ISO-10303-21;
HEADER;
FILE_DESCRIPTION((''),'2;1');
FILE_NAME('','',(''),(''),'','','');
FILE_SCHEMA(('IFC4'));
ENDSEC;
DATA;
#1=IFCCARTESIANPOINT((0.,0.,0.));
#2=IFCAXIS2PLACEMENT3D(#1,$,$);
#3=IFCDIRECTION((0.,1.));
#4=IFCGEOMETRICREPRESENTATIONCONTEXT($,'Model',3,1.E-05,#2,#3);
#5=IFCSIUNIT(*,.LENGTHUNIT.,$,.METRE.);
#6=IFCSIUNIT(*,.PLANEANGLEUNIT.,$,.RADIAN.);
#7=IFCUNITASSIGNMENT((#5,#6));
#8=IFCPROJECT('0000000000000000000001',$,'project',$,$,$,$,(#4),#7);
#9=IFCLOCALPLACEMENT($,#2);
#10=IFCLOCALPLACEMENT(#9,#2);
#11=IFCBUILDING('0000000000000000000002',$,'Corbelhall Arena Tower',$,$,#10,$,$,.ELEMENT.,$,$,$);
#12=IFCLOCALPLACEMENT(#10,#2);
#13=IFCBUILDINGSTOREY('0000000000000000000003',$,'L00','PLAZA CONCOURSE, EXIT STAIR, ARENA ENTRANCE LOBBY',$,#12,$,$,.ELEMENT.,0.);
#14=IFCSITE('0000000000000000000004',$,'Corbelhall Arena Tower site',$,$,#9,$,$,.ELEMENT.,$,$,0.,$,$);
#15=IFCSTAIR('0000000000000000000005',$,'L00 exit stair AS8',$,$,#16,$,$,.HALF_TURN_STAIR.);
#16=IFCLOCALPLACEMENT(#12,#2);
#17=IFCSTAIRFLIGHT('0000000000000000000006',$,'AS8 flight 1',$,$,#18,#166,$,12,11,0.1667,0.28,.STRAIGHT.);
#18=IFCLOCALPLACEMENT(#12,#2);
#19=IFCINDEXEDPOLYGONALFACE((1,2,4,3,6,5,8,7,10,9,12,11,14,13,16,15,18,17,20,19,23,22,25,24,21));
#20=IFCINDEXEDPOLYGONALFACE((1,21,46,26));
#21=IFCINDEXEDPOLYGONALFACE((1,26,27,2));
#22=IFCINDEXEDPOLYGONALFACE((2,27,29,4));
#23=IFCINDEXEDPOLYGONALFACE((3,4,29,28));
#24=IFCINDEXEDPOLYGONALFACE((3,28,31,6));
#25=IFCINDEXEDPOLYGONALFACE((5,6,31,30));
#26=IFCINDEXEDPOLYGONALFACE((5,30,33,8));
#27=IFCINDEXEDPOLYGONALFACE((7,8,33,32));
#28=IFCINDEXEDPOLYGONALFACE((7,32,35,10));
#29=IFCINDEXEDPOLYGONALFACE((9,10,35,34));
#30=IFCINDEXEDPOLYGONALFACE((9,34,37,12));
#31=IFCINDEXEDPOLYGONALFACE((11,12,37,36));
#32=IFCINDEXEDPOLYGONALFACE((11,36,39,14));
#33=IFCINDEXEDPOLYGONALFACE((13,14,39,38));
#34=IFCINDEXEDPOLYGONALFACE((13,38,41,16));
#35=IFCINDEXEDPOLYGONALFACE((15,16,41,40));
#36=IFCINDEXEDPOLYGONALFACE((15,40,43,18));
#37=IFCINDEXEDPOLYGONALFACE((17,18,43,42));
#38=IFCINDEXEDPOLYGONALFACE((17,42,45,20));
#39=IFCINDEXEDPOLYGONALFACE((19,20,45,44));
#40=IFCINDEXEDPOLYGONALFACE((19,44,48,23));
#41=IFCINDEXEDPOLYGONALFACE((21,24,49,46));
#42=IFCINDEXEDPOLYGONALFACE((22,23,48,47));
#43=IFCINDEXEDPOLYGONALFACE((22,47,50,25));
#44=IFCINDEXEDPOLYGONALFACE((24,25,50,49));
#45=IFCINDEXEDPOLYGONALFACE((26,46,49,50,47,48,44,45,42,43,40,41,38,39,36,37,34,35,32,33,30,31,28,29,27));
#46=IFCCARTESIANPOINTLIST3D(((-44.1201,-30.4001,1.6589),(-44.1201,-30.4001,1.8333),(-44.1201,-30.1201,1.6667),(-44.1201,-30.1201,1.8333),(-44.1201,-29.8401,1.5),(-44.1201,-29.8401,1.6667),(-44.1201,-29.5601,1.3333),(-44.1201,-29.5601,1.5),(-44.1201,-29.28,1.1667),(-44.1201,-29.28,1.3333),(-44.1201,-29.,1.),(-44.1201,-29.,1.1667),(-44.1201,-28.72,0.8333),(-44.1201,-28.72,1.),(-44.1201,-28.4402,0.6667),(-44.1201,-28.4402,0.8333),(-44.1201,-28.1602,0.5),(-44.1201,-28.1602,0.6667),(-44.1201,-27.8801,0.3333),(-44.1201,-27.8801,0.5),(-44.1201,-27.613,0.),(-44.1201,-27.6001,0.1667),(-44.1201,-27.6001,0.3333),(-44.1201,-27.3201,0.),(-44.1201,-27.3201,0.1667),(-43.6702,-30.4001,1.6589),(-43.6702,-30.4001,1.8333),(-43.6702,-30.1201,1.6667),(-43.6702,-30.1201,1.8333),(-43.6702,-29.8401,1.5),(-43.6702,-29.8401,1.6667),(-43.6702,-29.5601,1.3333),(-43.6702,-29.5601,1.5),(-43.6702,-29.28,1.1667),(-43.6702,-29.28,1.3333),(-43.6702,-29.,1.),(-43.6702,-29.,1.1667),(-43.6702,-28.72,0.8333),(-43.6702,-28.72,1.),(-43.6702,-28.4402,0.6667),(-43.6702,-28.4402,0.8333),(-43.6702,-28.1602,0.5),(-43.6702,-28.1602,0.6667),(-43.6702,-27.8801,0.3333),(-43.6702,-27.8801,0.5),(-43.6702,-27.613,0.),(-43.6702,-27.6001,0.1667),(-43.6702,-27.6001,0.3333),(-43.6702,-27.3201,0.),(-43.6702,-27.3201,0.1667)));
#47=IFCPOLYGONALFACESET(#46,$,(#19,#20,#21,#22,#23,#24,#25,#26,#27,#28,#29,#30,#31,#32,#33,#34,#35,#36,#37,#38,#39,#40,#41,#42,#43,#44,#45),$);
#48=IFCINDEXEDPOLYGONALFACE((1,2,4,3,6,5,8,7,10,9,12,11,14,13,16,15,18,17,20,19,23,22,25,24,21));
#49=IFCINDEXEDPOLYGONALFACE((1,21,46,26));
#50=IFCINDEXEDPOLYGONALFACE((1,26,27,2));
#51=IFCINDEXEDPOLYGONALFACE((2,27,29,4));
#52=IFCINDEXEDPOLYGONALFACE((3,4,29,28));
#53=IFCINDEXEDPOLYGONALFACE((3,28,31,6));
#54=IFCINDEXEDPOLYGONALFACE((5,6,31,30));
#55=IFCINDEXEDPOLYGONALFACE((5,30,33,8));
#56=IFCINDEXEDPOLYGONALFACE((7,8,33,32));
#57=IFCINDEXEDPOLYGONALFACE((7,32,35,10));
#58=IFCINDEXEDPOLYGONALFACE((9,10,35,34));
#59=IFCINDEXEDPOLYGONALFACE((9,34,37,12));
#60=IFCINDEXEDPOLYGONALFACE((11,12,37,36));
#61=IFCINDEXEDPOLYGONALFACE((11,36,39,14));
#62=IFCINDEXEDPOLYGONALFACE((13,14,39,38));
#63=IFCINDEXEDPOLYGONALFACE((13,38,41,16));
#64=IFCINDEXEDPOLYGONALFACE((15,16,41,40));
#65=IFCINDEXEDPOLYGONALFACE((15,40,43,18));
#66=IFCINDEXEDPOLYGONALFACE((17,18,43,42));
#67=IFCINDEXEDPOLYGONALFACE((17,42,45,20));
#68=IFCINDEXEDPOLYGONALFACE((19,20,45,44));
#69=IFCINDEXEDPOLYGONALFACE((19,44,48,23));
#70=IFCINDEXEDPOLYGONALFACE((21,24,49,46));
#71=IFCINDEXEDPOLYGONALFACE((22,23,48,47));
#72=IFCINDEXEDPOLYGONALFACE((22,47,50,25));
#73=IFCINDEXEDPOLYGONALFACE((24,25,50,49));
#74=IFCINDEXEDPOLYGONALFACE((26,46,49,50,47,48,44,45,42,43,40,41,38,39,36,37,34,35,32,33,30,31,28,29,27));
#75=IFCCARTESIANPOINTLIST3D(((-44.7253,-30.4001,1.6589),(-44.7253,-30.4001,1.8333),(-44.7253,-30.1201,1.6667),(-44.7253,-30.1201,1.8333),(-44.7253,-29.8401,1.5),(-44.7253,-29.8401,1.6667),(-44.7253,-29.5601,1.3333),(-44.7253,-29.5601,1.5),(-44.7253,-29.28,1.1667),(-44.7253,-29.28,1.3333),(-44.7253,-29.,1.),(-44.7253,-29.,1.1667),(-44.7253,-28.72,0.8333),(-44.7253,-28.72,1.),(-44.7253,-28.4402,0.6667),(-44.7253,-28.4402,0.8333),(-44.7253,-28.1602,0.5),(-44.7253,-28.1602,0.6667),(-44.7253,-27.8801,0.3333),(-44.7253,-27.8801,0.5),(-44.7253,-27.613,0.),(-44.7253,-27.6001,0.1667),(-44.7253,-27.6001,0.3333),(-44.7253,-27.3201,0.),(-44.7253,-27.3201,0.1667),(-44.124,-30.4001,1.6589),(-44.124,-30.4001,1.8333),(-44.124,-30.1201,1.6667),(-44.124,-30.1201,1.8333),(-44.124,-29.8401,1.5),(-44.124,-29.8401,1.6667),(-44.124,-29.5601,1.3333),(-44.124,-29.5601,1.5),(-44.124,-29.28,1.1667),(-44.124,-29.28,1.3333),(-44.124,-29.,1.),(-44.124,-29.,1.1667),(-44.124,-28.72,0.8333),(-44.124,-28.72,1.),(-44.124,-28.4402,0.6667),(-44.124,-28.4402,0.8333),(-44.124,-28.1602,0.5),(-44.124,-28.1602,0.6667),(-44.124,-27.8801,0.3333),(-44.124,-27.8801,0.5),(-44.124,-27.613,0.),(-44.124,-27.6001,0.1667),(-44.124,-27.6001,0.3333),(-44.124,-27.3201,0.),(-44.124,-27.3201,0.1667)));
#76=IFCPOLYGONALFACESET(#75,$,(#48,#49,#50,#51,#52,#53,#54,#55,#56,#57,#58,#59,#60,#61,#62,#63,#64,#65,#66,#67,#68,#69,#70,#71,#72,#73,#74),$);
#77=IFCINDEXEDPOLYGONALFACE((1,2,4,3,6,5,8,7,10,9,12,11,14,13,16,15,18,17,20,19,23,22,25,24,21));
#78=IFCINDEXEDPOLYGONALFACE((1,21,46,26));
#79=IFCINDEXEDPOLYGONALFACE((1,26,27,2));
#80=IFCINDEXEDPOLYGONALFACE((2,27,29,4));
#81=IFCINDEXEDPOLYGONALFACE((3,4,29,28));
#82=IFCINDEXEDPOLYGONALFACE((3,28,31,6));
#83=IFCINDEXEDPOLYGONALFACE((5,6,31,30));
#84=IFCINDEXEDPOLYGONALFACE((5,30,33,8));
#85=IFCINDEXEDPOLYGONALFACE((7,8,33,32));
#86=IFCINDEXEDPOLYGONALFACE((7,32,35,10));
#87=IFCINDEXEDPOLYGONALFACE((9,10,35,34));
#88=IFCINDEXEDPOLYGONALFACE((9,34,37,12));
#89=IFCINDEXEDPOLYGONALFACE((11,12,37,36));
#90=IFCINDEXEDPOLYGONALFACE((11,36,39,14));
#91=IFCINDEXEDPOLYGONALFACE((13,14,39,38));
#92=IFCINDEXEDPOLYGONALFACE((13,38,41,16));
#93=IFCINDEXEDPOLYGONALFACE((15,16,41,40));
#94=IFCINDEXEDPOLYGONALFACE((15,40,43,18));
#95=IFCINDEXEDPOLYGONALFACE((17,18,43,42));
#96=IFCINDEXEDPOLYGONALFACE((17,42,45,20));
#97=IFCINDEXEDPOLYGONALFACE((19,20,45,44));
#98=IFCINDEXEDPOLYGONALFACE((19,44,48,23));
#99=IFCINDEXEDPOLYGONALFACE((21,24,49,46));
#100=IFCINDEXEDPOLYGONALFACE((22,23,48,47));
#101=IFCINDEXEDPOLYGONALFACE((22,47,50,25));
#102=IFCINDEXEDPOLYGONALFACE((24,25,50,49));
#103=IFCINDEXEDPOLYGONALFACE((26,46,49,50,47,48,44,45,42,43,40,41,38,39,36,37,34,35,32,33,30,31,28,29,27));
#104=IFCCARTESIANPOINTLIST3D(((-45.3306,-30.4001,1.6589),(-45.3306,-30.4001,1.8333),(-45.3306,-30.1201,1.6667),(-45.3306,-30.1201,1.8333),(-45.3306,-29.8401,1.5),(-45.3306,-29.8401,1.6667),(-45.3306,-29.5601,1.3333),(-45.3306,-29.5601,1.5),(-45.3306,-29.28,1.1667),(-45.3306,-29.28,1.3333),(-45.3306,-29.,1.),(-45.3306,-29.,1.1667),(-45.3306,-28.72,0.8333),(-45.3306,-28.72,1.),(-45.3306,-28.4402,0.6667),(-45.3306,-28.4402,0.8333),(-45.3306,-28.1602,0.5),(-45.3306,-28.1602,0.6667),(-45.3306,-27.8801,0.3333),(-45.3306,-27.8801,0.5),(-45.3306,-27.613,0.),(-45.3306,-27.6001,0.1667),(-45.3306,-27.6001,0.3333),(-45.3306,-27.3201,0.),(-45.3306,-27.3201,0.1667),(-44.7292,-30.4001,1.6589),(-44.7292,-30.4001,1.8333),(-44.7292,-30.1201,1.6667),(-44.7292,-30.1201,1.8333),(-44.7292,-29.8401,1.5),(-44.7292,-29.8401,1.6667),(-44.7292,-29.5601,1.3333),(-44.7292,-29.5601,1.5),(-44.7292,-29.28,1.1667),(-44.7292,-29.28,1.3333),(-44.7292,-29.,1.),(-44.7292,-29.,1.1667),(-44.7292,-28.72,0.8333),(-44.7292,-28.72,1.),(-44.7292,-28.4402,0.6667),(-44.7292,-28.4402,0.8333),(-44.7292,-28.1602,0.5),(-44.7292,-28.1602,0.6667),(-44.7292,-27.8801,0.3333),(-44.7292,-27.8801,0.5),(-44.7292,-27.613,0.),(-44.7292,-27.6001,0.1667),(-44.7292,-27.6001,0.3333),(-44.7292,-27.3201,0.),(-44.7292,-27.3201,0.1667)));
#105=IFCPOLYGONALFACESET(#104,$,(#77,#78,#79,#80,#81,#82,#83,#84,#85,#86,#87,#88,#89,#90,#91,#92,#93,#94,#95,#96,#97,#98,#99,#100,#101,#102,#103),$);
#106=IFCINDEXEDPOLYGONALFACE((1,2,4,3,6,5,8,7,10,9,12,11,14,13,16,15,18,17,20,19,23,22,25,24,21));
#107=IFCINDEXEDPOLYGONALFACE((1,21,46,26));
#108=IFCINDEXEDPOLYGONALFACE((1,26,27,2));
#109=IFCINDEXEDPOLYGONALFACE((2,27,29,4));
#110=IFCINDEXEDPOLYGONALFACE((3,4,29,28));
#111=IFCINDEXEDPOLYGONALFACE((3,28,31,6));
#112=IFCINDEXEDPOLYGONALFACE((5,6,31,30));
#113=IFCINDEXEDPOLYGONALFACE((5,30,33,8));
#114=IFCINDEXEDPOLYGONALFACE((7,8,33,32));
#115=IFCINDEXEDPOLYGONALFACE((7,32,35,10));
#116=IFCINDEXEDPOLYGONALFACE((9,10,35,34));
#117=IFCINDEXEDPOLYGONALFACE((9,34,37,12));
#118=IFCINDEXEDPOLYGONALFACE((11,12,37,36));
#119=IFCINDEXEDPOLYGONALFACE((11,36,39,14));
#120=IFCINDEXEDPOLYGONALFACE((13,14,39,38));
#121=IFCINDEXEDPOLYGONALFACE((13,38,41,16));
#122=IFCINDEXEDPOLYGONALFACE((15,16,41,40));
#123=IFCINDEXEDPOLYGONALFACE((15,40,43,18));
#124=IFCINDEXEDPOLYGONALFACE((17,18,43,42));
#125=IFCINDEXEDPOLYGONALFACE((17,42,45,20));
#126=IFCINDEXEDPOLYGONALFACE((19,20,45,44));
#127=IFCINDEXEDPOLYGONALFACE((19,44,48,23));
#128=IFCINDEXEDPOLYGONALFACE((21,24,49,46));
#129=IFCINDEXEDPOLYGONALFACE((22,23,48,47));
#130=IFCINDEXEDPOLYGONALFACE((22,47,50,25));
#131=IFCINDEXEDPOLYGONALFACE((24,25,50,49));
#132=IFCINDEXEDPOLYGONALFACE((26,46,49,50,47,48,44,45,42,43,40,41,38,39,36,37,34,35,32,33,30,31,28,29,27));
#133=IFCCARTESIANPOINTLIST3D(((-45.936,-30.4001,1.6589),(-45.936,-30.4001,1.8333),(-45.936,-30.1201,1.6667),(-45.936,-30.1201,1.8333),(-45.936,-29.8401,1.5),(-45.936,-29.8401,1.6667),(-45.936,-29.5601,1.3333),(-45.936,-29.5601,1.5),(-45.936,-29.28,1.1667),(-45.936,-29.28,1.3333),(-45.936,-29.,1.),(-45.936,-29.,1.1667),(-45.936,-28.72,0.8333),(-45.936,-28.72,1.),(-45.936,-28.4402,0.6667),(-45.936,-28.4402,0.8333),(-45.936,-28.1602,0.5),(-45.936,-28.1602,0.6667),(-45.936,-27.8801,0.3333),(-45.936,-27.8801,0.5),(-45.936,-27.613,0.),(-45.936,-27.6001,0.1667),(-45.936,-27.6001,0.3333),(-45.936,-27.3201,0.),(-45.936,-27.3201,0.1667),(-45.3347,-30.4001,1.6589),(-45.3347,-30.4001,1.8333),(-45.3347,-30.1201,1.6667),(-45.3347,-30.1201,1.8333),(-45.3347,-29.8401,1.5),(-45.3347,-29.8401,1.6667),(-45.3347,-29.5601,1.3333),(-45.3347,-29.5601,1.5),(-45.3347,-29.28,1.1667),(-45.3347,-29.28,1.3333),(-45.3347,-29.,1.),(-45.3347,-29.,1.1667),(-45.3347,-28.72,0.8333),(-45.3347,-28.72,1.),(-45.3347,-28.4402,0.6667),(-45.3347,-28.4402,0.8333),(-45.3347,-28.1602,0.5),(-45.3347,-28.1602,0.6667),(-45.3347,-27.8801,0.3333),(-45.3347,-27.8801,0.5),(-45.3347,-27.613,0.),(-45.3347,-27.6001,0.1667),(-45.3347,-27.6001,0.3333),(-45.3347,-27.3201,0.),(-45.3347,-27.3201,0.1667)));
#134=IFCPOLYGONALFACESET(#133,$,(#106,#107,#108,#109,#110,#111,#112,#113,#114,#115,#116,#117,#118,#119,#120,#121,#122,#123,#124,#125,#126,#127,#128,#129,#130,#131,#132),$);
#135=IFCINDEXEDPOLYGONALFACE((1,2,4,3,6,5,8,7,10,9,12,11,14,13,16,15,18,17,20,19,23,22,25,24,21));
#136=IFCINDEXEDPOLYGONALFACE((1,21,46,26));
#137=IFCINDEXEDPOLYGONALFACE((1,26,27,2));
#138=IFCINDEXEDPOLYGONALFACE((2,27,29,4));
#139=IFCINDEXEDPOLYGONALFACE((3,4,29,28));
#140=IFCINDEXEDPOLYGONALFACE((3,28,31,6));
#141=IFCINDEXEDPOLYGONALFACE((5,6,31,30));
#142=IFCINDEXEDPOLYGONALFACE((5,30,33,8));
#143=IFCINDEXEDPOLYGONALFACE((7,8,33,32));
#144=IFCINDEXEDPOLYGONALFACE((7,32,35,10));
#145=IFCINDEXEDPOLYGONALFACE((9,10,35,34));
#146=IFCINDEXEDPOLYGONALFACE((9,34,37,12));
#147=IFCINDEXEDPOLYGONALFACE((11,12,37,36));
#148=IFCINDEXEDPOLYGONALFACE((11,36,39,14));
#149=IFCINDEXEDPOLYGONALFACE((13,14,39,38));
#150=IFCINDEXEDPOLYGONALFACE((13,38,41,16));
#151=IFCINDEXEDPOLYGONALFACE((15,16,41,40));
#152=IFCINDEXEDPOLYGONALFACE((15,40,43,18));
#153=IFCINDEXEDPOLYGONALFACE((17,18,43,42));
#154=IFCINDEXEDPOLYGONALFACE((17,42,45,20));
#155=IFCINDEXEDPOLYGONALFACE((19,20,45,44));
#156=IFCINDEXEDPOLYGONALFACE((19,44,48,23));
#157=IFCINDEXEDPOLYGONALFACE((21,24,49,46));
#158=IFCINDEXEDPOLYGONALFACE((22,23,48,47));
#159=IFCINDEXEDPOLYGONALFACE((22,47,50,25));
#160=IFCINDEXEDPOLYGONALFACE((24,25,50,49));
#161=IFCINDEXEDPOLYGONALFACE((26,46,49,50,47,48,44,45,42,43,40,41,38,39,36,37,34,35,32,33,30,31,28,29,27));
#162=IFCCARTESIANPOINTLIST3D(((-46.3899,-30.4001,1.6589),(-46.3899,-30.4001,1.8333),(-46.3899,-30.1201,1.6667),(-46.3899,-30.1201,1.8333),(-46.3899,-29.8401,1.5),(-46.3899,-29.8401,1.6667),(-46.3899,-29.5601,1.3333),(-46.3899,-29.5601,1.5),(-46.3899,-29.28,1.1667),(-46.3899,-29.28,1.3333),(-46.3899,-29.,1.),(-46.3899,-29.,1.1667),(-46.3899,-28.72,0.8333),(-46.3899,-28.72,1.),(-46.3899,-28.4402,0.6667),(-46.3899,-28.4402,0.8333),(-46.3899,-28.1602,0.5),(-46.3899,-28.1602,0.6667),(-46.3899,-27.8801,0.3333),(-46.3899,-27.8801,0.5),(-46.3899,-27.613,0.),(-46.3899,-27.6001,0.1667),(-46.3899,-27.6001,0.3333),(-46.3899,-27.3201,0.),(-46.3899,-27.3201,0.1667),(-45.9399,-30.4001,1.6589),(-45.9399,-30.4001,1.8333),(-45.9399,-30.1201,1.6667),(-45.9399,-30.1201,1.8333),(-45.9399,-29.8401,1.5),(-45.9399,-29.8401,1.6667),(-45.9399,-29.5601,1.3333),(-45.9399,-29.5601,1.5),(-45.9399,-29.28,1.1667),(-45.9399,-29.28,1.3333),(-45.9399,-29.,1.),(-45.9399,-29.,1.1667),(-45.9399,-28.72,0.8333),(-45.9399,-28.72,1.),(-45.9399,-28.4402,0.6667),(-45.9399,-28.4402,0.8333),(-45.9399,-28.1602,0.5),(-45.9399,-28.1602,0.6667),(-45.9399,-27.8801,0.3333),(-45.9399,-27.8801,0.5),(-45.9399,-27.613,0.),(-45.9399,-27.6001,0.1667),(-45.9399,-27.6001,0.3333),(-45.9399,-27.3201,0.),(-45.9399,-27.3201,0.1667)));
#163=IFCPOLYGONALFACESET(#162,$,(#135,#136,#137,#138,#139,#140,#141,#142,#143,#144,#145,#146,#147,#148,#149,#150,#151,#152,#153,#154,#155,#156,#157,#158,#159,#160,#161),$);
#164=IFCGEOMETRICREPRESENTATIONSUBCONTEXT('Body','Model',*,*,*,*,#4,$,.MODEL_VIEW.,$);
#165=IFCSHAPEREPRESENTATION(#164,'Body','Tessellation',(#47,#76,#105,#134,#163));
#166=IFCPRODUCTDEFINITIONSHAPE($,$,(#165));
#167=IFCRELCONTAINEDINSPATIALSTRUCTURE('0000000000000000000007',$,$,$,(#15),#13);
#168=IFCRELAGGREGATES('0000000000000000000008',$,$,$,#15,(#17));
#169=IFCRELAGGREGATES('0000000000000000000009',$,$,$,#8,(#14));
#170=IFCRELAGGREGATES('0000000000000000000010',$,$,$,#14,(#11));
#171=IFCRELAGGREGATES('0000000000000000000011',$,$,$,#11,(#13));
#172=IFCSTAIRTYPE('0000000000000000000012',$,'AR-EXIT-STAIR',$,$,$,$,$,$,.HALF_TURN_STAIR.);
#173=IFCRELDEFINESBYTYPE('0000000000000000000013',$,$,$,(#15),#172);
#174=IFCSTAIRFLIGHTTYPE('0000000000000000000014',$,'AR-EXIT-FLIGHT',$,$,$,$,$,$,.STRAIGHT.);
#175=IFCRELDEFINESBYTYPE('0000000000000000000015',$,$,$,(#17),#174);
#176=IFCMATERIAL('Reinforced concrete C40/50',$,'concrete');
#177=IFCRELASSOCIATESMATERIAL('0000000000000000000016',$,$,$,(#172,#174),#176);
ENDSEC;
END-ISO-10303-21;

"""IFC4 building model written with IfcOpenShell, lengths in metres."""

from ifc_helpers import new_model, si_unit, direction, frame, origin, place, context, subcontext, project, spatial, polyline, outline, extrude, material, type_object, element, aggregate, save


model = new_model("IFC4")

# Units and contexts
model_context = context("Model", 3, precision=1e-05, world=origin(), true_north=direction((0.0, 1.0)))
body_context = subcontext(model_context, "Body", "Model", "MODEL_VIEW")
ifc_project = project(units=[si_unit("LENGTHUNIT", "METRE"), si_unit("PLANEANGLEUNIT", "RADIAN")], contexts=[model_context])

# Site, building, storey
site_placement = place(None, origin())
site = spatial("IfcSite", under=ifc_project, at=site_placement, Name="Corbelhall Arena Tower site", CompositionType="ELEMENT", RefElevation=0.0)
building_placement = place(site_placement, origin())
building = spatial("IfcBuilding", under=site, at=building_placement, Name="Corbelhall Arena Tower", CompositionType="ELEMENT")
storey_placement = place(building_placement, origin())
storey = spatial("IfcBuildingStorey", under=building, at=storey_placement, Name="L00", Description="PLAZA CONCOURSE, EXIT STAIR, ARENA ENTRANCE LOBBY", CompositionType="ELEMENT", Elevation=0.0)

# Stair, stair flight
ifc_material_1 = material(Name="Reinforced concrete C40/50", Category="concrete")
stair_type = type_object("IfcStairType", Name="AR-EXIT-STAIR", PredefinedType="HALF_TURN_STAIR", material=ifc_material_1)
stair_flight_type = type_object("IfcStairFlightType", Name="AR-EXIT-FLIGHT", PredefinedType="STRAIGHT", material=ifc_material_1)
stair_1_placement = place(storey_placement, origin())
stair_1 = element("IfcStair", 1, at=stair_1_placement, inside=storey, type_object=stair_type, Name="L00 exit stair AS8", PredefinedType="HALF_TURN_STAIR")
stair_flight_1_placement = place(storey_placement, frame((-45.03, -27.3201, 0.0), z_axis=(0.0, 0.0, 1.0), x_axis=(0.0, -1.0, 0.0)))
stair_flight_1 = element("IfcStairFlight", 2, at=stair_flight_1_placement, type_object=stair_flight_type, Name="AS8 flight 1", NumberOfRisers=12, NumberOfTreads=11, PredefinedType="STRAIGHT", RiserHeight=0.1667, TreadLength=0.28, context=body_context, shape_type="SweptSolid", body=[
    extrude(outline(polyline([(0.0, 0.0), (0.0, 0.1667), (0.28, 0.1667), (0.28, 0.3333), (0.5601, 0.3333), (0.5601, 0.5), (0.8401, 0.5), (0.8401, 0.6667), (1.1201, 0.6667), (1.1201, 0.8333), (1.3999, 0.8333), (1.3999, 1.0), (1.6799, 1.0), (1.6799, 1.1667), (1.96, 1.1667), (1.96, 1.3333), (2.24, 1.3333), (2.24, 1.5), (2.52, 1.5), (2.52, 1.6667), (2.8, 1.6667), (2.8, 1.8333), (3.0801, 1.8333), (3.0801, 2.0), (3.0801, 1.6589), (0.293, 0.0), (0.0, 0.0)])), frame((0.0, 1.3599, 0.0), z_axis=(0.0, -1.0, 0.0), x_axis=(1.0, 0.0, 0.0)), (0.0, 0.0, 1.0), 0.45),
    extrude(outline(polyline([(0.0, 0.0), (0.0, 0.1667), (0.28, 0.1667), (0.28, 0.3333), (0.5601, 0.3333), (0.5601, 0.5), (0.8401, 0.5), (0.8401, 0.6667), (1.1201, 0.6667), (1.1201, 0.8333), (1.3999, 0.8333), (1.3999, 1.0), (1.6799, 1.0), (1.6799, 1.1667), (1.96, 1.1667), (1.96, 1.3333), (2.24, 1.3333), (2.24, 1.5), (2.52, 1.5), (2.52, 1.6667), (2.8, 1.6667), (2.8, 1.8333), (3.0801, 1.8333), (3.0801, 2.0), (3.0801, 1.6589), (0.293, 0.0), (0.0, 0.0)])), frame((0.0, 0.906, 0.0), z_axis=(0.0, -1.0, 0.0), x_axis=(1.0, 0.0, 0.0)), (0.0, 0.0, 1.0), 0.6013),
    extrude(outline(polyline([(0.0, 0.0), (0.0, 0.1667), (0.28, 0.1667), (0.28, 0.3333), (0.5601, 0.3333), (0.5601, 0.5), (0.8401, 0.5), (0.8401, 0.6667), (1.1201, 0.6667), (1.1201, 0.8333), (1.3999, 0.8333), (1.3999, 1.0), (1.6799, 1.0), (1.6799, 1.1667), (1.96, 1.1667), (1.96, 1.3333), (2.24, 1.3333), (2.24, 1.5), (2.52, 1.5), (2.52, 1.6667), (2.8, 1.6667), (2.8, 1.8333), (3.0801, 1.8333), (3.0801, 2.0), (3.0801, 1.6589), (0.293, 0.0), (0.0, 0.0)])), frame((0.0, 0.3008, 0.0), z_axis=(0.0, -1.0, 0.0), x_axis=(1.0, 0.0, 0.0)), (0.0, 0.0, 1.0), 0.6013),
    extrude(outline(polyline([(0.0, 0.0), (0.0, 0.1667), (0.28, 0.1667), (0.28, 0.3333), (0.5601, 0.3333), (0.5601, 0.5), (0.8401, 0.5), (0.8401, 0.6667), (1.1201, 0.6667), (1.1201, 0.8333), (1.3999, 0.8333), (1.3999, 1.0), (1.6799, 1.0), (1.6799, 1.1667), (1.96, 1.1667), (1.96, 1.3333), (2.24, 1.3333), (2.24, 1.5), (2.52, 1.5), (2.52, 1.6667), (2.8, 1.6667), (2.8, 1.8333), (3.0801, 1.8333), (3.0801, 2.0), (3.0801, 1.6589), (0.293, 0.0), (0.0, 0.0)])), frame((0.0, -0.3047, 0.0), z_axis=(0.0, -1.0, 0.0), x_axis=(1.0, 0.0, 0.0)), (0.0, 0.0, 1.0), 0.6013),
    extrude(outline(polyline([(0.0, 0.0), (0.0, 0.1667), (0.28, 0.1667), (0.28, 0.3333), (0.5601, 0.3333), (0.5601, 0.5), (0.8401, 0.5), (0.8401, 0.6667), (1.1201, 0.6667), (1.1201, 0.8333), (1.3999, 0.8333), (1.3999, 1.0), (1.6799, 1.0), (1.6799, 1.1667), (1.96, 1.1667), (1.96, 1.3333), (2.24, 1.3333), (2.24, 1.5), (2.52, 1.5), (2.52, 1.6667), (2.8, 1.6667), (2.8, 1.8333), (3.0801, 1.8333), (3.0801, 2.0), (3.0801, 1.6589), (0.293, 0.0), (0.0, 0.0)])), frame((0.0, -0.9099, 0.0), z_axis=(0.0, -1.0, 0.0), x_axis=(1.0, 0.0, 0.0)), (0.0, 0.0, 1.0), 0.45),
])
aggregate(stair_1, [stair_flight_1])

save(model, "model.ifc")
